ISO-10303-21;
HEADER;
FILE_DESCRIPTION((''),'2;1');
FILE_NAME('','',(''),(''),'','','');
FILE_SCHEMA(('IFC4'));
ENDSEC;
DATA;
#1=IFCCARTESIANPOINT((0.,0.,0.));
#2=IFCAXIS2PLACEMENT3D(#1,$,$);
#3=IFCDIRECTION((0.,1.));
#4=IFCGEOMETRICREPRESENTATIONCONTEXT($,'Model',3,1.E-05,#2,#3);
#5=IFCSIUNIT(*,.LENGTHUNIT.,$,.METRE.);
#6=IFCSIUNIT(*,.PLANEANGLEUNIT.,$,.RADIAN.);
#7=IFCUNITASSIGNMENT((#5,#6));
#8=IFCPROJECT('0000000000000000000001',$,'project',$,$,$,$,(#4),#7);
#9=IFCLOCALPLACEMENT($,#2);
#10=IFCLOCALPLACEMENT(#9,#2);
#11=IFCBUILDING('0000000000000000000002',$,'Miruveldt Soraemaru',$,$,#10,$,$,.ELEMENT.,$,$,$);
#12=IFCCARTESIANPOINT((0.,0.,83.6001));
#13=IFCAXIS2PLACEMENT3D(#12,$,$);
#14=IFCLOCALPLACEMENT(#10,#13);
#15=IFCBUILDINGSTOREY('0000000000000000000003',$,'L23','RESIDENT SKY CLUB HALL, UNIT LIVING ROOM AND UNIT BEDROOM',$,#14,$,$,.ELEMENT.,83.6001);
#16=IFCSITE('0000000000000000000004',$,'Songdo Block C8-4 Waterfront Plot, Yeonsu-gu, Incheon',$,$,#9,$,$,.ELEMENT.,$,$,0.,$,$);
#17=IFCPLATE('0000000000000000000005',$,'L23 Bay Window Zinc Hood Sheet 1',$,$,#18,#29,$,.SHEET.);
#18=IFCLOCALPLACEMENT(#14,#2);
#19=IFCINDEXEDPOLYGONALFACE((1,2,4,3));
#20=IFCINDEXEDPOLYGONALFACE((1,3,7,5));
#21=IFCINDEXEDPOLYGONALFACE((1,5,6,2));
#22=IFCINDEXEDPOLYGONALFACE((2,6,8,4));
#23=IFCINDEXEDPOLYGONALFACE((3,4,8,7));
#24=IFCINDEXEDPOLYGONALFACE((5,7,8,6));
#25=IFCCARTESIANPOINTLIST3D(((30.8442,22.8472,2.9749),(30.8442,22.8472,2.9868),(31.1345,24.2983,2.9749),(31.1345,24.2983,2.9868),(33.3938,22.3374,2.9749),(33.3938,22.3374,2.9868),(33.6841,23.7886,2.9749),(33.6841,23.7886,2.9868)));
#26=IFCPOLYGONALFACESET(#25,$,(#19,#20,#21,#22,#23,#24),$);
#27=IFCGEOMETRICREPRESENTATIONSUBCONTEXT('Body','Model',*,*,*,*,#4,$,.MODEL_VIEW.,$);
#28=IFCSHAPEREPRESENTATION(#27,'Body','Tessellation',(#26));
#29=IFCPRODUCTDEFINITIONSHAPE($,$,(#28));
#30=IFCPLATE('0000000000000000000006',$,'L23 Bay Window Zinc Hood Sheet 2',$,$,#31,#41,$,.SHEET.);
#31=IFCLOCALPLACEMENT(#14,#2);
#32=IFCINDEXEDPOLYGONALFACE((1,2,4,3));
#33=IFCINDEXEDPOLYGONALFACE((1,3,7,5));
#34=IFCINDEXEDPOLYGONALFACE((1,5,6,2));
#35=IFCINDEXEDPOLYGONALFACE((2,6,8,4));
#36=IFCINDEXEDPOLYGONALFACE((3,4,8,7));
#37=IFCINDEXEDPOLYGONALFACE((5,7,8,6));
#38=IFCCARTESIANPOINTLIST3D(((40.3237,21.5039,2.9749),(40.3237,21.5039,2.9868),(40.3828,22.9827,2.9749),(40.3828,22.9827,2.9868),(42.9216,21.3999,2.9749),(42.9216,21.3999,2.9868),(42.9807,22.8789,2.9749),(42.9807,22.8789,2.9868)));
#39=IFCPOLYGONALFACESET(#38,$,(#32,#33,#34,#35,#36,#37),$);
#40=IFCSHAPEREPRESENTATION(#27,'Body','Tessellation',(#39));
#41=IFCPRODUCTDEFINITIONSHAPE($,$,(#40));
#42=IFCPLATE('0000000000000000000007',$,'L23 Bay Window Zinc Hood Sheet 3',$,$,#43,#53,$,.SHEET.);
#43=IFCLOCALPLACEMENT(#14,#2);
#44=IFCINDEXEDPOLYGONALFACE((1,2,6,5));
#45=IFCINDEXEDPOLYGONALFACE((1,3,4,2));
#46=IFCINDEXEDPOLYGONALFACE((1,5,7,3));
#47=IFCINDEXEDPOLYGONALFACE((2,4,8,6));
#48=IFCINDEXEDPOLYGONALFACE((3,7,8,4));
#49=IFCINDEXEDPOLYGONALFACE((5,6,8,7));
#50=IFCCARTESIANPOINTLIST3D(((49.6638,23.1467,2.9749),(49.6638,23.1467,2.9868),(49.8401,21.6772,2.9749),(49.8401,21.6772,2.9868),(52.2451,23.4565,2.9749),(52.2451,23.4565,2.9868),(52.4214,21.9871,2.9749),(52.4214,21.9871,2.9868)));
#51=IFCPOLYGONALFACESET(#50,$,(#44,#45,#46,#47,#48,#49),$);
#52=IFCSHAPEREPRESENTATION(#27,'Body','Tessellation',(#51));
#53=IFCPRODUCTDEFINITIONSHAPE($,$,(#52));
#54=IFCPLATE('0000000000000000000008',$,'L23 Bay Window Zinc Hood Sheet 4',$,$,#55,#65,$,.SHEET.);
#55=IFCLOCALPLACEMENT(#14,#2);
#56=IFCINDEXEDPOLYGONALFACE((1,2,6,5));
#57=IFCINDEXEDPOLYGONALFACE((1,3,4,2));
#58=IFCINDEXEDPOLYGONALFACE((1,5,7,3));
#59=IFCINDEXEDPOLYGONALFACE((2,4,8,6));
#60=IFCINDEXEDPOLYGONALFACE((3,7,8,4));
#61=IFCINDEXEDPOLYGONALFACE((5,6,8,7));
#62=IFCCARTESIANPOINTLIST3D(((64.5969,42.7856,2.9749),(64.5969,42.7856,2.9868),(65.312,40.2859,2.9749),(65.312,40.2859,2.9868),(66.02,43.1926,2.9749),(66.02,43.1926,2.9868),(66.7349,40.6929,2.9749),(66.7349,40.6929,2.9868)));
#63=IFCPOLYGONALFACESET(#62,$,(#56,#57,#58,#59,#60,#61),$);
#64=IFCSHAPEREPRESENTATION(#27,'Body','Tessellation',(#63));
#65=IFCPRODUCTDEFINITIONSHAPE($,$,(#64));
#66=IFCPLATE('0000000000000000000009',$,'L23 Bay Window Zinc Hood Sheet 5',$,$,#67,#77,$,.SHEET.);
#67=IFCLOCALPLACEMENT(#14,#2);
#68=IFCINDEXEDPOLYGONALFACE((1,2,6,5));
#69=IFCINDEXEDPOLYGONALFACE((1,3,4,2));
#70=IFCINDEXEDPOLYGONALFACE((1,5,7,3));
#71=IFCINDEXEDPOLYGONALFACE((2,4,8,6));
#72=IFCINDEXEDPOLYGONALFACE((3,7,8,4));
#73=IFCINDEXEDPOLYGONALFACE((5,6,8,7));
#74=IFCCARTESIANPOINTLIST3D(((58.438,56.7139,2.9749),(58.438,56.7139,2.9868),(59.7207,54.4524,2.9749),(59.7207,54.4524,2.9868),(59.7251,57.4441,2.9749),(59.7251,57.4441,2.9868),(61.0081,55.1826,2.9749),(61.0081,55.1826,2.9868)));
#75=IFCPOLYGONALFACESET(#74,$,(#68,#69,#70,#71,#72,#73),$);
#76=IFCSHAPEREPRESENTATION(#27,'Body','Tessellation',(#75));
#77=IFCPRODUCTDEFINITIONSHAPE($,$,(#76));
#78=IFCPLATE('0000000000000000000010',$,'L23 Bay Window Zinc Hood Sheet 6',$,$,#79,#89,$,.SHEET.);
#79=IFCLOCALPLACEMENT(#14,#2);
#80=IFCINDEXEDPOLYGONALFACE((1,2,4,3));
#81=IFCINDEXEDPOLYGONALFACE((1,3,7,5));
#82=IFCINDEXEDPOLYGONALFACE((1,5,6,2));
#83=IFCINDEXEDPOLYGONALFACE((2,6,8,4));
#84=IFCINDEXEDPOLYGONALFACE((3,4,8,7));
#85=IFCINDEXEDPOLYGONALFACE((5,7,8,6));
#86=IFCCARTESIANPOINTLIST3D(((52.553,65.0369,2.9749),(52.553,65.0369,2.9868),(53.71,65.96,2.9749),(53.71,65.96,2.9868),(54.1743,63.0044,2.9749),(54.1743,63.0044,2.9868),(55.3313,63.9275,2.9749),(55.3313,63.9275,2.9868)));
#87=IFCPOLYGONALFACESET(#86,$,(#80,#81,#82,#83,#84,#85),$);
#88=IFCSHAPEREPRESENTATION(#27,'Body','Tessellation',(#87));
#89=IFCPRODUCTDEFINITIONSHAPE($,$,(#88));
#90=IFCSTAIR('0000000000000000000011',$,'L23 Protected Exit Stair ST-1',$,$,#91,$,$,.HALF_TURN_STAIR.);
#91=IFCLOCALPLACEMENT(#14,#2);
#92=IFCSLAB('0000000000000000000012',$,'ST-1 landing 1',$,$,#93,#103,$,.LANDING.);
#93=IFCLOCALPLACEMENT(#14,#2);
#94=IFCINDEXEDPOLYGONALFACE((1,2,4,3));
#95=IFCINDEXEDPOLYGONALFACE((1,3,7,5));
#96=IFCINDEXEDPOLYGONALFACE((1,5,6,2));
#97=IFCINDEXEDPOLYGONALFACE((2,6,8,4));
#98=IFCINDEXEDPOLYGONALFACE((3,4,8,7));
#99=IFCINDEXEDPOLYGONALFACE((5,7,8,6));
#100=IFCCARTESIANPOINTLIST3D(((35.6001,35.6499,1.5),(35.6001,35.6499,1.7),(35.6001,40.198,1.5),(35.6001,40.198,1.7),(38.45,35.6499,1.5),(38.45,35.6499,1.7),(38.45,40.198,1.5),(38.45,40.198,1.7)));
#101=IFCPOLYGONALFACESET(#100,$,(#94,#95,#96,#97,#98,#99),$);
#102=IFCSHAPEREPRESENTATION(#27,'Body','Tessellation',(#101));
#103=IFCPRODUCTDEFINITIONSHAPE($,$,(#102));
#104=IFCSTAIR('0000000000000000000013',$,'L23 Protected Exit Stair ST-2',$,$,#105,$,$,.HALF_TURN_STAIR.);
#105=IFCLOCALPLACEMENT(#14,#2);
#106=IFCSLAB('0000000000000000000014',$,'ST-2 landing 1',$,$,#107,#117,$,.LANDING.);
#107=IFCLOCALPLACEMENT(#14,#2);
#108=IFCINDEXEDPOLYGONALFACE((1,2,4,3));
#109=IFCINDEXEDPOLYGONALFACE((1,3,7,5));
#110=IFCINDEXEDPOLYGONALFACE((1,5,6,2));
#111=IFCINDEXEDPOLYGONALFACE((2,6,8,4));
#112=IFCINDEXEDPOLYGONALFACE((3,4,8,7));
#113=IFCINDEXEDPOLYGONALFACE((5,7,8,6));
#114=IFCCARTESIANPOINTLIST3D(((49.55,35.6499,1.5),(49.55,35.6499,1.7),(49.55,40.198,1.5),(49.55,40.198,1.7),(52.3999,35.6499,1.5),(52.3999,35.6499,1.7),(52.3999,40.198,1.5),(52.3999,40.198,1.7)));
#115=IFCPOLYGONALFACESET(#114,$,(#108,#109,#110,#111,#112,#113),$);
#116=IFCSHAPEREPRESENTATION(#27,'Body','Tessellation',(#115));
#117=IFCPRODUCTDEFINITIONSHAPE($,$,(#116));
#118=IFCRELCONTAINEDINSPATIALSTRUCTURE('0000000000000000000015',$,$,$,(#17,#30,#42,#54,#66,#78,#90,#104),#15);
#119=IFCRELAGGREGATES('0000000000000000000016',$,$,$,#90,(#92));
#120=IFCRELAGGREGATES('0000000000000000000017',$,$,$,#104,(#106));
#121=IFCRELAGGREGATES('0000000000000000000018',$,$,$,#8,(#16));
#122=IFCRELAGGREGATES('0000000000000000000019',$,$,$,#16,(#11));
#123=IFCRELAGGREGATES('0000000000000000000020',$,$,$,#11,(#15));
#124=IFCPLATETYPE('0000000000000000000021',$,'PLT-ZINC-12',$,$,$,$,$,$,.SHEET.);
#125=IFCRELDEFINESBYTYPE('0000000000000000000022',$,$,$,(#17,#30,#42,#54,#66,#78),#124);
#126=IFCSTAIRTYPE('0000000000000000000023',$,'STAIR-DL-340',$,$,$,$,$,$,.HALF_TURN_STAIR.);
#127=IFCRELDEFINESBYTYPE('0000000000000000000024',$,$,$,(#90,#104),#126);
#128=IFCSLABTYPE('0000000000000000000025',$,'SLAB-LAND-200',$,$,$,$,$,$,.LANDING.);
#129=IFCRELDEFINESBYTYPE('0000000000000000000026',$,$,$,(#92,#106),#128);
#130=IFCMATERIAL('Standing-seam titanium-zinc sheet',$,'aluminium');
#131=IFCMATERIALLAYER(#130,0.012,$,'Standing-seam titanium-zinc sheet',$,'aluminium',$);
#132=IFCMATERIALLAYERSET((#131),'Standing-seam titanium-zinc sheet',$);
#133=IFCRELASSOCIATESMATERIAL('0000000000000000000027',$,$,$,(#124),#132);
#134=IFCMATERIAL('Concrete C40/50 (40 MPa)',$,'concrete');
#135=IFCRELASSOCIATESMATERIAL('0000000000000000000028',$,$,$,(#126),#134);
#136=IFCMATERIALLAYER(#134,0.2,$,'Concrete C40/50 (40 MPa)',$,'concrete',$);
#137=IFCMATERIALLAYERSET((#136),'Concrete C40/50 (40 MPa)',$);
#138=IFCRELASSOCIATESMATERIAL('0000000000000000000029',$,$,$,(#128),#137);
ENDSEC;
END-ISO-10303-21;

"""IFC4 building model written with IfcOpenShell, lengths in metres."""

from ifc_helpers import new_model, si_unit, direction, frame, origin, place, context, subcontext, project, spatial, polyline, outline, extrude, material, layer, layer_set, type_object, element, aggregate, save


model = new_model("IFC4")

# Units and contexts
model_context = context("Model", 3, precision=1e-05, world=origin(), true_north=direction((0.0, 1.0)))
body_context = subcontext(model_context, "Body", "Model", "MODEL_VIEW")
ifc_project = project(units=[si_unit("LENGTHUNIT", "METRE"), si_unit("PLANEANGLEUNIT", "RADIAN")], contexts=[model_context])

# Site, building, storey
site_placement = place(None, origin())
site = spatial("IfcSite", under=ifc_project, at=site_placement, Name="Songdo Block C8-4 Waterfront Plot, Yeonsu-gu, Incheon", CompositionType="ELEMENT", RefElevation=0.0)
building_placement = place(site_placement, origin())
building = spatial("IfcBuilding", under=site, at=building_placement, Name="Miruveldt Soraemaru", CompositionType="ELEMENT")
storey_placement = place(building_placement, frame((0.0, 0.0, 83.6001)))
storey = spatial("IfcBuildingStorey", under=building, at=storey_placement, Name="L23", Description="RESIDENT SKY CLUB HALL, UNIT LIVING ROOM AND UNIT BEDROOM", CompositionType="ELEMENT", Elevation=83.6001)

# Plates
ifc_material_1 = material(Name="Standing-seam titanium-zinc sheet", Category="aluminium")
ifc_layer_1 = layer(ifc_material_1, 0.012, Name="Standing-seam titanium-zinc sheet", Category="aluminium")
ifc_layer_set_1 = layer_set([ifc_layer_1], Name="Standing-seam titanium-zinc sheet")
plate_type = type_object("IfcPlateType", Name="PLT-ZINC-12", PredefinedType="SHEET", material=ifc_layer_set_1)
plate_1_placement = place(storey_placement, frame((0.0, 0.0, 2.9749)))
element("IfcPlate", 1, at=plate_1_placement, inside=storey, type_object=plate_type, Name="L23 Bay Window Zinc Hood Sheet 1", PredefinedType="SHEET", context=body_context, shape_type="SweptSolid", body=[
    extrude(outline(polyline([(31.1345, 24.2983), (33.6841, 23.7886), (33.3938, 22.3374), (30.8442, 22.8472), (31.1345, 24.2983)])), origin(), (0.0, 0.0, 1.0), 0.012),
])
plate_2_placement = place(storey_placement, frame((0.0, 0.0, 2.9749)))
element("IfcPlate", 2, at=plate_2_placement, inside=storey, type_object=plate_type, Name="L23 Bay Window Zinc Hood Sheet 2", PredefinedType="SHEET", context=body_context, shape_type="SweptSolid", body=[
    extrude(outline(polyline([(40.3828, 22.9827), (42.9807, 22.8789), (42.9216, 21.3999), (40.3237, 21.5039), (40.3828, 22.9827)])), origin(), (0.0, 0.0, 1.0), 0.012),
])
plate_3_placement = place(storey_placement, frame((0.0, 0.0, 2.9749)))
element("IfcPlate", 3, at=plate_3_placement, inside=storey, type_object=plate_type, Name="L23 Bay Window Zinc Hood Sheet 3", PredefinedType="SHEET", context=body_context, shape_type="SweptSolid", body=[
    extrude(outline(polyline([(49.6638, 23.1467), (52.2451, 23.4565), (52.4214, 21.9871), (49.8401, 21.6772), (49.6638, 23.1467)])), origin(), (0.0, 0.0, 1.0), 0.012),
])
plate_4_placement = place(storey_placement, frame((0.0, 0.0, 2.9749)))
element("IfcPlate", 4, at=plate_4_placement, inside=storey, type_object=plate_type, Name="L23 Bay Window Zinc Hood Sheet 4", PredefinedType="SHEET", context=body_context, shape_type="SweptSolid", body=[
    extrude(outline(polyline([(65.312, 40.2859), (64.5969, 42.7856), (66.02, 43.1926), (66.7349, 40.6929), (65.312, 40.2859)])), origin(), (0.0, 0.0, 1.0), 0.012),
])
plate_5_placement = place(storey_placement, frame((0.0, 0.0, 2.9749)))
element("IfcPlate", 5, at=plate_5_placement, inside=storey, type_object=plate_type, Name="L23 Bay Window Zinc Hood Sheet 5", PredefinedType="SHEET", context=body_context, shape_type="SweptSolid", body=[
    extrude(outline(polyline([(59.7207, 54.4524), (58.438, 56.7139), (59.7251, 57.4441), (61.0081, 55.1826), (59.7207, 54.4524)])), origin(), (0.0, 0.0, 1.0), 0.012),
])
plate_6_placement = place(storey_placement, frame((0.0, 0.0, 2.9749)))
element("IfcPlate", 6, at=plate_6_placement, inside=storey, type_object=plate_type, Name="L23 Bay Window Zinc Hood Sheet 6", PredefinedType="SHEET", context=body_context, shape_type="SweptSolid", body=[
    extrude(outline(polyline([(54.1743, 63.0044), (52.553, 65.0369), (53.71, 65.96), (55.3313, 63.9275), (54.1743, 63.0044)])), origin(), (0.0, 0.0, 1.0), 0.012),
])

# Stairs, slabs
ifc_material_2 = material(Name="Concrete C40/50 (40 MPa)", Category="concrete")
stair_type = type_object("IfcStairType", Name="STAIR-DL-340", PredefinedType="HALF_TURN_STAIR", material=ifc_material_2)
stair_1_placement = place(storey_placement, origin())
stair_1 = element("IfcStair", 7, at=stair_1_placement, inside=storey, type_object=stair_type, Name="L23 Protected Exit Stair ST-1", PredefinedType="HALF_TURN_STAIR")
ifc_layer_2 = layer(ifc_material_2, 0.2, Name="Concrete C40/50 (40 MPa)", Category="concrete")
ifc_layer_set_2 = layer_set([ifc_layer_2], Name="Concrete C40/50 (40 MPa)")
slab_type_1 = type_object("IfcSlabType", Name="SLAB-LAND-200", PredefinedType="LANDING", material=ifc_layer_set_2)
slab_1_placement = place(storey_placement, frame((0.0, 0.0, 1.5)))
slab_1 = element("IfcSlab", 8, at=slab_1_placement, type_object=slab_type_1, Name="ST-1 landing 1", PredefinedType="LANDING", context=body_context, shape_type="SweptSolid", body=[
    extrude(outline(polyline([(35.6001, 40.198), (35.6001, 35.6499), (38.45, 35.6499), (38.45, 40.198), (35.6001, 40.198)])), origin(), (0.0, 0.0, 1.0), 0.2),
])
aggregate(stair_1, [slab_1])
stair_2_placement = place(storey_placement, origin())
stair_2 = element("IfcStair", 9, at=stair_2_placement, inside=storey, type_object=stair_type, Name="L23 Protected Exit Stair ST-2", PredefinedType="HALF_TURN_STAIR")
slab_2_placement = place(storey_placement, frame((0.0, 0.0, 1.5)))
slab_2 = element("IfcSlab", 10, at=slab_2_placement, type_object=slab_type_1, Name="ST-2 landing 1", PredefinedType="LANDING", context=body_context, shape_type="SweptSolid", body=[
    extrude(outline(polyline([(49.55, 40.198), (49.55, 35.6499), (52.3999, 35.6499), (52.3999, 40.198), (49.55, 40.198)])), origin(), (0.0, 0.0, 1.0), 0.2),
])
aggregate(stair_2, [slab_2])

save(model, "model.ifc")
